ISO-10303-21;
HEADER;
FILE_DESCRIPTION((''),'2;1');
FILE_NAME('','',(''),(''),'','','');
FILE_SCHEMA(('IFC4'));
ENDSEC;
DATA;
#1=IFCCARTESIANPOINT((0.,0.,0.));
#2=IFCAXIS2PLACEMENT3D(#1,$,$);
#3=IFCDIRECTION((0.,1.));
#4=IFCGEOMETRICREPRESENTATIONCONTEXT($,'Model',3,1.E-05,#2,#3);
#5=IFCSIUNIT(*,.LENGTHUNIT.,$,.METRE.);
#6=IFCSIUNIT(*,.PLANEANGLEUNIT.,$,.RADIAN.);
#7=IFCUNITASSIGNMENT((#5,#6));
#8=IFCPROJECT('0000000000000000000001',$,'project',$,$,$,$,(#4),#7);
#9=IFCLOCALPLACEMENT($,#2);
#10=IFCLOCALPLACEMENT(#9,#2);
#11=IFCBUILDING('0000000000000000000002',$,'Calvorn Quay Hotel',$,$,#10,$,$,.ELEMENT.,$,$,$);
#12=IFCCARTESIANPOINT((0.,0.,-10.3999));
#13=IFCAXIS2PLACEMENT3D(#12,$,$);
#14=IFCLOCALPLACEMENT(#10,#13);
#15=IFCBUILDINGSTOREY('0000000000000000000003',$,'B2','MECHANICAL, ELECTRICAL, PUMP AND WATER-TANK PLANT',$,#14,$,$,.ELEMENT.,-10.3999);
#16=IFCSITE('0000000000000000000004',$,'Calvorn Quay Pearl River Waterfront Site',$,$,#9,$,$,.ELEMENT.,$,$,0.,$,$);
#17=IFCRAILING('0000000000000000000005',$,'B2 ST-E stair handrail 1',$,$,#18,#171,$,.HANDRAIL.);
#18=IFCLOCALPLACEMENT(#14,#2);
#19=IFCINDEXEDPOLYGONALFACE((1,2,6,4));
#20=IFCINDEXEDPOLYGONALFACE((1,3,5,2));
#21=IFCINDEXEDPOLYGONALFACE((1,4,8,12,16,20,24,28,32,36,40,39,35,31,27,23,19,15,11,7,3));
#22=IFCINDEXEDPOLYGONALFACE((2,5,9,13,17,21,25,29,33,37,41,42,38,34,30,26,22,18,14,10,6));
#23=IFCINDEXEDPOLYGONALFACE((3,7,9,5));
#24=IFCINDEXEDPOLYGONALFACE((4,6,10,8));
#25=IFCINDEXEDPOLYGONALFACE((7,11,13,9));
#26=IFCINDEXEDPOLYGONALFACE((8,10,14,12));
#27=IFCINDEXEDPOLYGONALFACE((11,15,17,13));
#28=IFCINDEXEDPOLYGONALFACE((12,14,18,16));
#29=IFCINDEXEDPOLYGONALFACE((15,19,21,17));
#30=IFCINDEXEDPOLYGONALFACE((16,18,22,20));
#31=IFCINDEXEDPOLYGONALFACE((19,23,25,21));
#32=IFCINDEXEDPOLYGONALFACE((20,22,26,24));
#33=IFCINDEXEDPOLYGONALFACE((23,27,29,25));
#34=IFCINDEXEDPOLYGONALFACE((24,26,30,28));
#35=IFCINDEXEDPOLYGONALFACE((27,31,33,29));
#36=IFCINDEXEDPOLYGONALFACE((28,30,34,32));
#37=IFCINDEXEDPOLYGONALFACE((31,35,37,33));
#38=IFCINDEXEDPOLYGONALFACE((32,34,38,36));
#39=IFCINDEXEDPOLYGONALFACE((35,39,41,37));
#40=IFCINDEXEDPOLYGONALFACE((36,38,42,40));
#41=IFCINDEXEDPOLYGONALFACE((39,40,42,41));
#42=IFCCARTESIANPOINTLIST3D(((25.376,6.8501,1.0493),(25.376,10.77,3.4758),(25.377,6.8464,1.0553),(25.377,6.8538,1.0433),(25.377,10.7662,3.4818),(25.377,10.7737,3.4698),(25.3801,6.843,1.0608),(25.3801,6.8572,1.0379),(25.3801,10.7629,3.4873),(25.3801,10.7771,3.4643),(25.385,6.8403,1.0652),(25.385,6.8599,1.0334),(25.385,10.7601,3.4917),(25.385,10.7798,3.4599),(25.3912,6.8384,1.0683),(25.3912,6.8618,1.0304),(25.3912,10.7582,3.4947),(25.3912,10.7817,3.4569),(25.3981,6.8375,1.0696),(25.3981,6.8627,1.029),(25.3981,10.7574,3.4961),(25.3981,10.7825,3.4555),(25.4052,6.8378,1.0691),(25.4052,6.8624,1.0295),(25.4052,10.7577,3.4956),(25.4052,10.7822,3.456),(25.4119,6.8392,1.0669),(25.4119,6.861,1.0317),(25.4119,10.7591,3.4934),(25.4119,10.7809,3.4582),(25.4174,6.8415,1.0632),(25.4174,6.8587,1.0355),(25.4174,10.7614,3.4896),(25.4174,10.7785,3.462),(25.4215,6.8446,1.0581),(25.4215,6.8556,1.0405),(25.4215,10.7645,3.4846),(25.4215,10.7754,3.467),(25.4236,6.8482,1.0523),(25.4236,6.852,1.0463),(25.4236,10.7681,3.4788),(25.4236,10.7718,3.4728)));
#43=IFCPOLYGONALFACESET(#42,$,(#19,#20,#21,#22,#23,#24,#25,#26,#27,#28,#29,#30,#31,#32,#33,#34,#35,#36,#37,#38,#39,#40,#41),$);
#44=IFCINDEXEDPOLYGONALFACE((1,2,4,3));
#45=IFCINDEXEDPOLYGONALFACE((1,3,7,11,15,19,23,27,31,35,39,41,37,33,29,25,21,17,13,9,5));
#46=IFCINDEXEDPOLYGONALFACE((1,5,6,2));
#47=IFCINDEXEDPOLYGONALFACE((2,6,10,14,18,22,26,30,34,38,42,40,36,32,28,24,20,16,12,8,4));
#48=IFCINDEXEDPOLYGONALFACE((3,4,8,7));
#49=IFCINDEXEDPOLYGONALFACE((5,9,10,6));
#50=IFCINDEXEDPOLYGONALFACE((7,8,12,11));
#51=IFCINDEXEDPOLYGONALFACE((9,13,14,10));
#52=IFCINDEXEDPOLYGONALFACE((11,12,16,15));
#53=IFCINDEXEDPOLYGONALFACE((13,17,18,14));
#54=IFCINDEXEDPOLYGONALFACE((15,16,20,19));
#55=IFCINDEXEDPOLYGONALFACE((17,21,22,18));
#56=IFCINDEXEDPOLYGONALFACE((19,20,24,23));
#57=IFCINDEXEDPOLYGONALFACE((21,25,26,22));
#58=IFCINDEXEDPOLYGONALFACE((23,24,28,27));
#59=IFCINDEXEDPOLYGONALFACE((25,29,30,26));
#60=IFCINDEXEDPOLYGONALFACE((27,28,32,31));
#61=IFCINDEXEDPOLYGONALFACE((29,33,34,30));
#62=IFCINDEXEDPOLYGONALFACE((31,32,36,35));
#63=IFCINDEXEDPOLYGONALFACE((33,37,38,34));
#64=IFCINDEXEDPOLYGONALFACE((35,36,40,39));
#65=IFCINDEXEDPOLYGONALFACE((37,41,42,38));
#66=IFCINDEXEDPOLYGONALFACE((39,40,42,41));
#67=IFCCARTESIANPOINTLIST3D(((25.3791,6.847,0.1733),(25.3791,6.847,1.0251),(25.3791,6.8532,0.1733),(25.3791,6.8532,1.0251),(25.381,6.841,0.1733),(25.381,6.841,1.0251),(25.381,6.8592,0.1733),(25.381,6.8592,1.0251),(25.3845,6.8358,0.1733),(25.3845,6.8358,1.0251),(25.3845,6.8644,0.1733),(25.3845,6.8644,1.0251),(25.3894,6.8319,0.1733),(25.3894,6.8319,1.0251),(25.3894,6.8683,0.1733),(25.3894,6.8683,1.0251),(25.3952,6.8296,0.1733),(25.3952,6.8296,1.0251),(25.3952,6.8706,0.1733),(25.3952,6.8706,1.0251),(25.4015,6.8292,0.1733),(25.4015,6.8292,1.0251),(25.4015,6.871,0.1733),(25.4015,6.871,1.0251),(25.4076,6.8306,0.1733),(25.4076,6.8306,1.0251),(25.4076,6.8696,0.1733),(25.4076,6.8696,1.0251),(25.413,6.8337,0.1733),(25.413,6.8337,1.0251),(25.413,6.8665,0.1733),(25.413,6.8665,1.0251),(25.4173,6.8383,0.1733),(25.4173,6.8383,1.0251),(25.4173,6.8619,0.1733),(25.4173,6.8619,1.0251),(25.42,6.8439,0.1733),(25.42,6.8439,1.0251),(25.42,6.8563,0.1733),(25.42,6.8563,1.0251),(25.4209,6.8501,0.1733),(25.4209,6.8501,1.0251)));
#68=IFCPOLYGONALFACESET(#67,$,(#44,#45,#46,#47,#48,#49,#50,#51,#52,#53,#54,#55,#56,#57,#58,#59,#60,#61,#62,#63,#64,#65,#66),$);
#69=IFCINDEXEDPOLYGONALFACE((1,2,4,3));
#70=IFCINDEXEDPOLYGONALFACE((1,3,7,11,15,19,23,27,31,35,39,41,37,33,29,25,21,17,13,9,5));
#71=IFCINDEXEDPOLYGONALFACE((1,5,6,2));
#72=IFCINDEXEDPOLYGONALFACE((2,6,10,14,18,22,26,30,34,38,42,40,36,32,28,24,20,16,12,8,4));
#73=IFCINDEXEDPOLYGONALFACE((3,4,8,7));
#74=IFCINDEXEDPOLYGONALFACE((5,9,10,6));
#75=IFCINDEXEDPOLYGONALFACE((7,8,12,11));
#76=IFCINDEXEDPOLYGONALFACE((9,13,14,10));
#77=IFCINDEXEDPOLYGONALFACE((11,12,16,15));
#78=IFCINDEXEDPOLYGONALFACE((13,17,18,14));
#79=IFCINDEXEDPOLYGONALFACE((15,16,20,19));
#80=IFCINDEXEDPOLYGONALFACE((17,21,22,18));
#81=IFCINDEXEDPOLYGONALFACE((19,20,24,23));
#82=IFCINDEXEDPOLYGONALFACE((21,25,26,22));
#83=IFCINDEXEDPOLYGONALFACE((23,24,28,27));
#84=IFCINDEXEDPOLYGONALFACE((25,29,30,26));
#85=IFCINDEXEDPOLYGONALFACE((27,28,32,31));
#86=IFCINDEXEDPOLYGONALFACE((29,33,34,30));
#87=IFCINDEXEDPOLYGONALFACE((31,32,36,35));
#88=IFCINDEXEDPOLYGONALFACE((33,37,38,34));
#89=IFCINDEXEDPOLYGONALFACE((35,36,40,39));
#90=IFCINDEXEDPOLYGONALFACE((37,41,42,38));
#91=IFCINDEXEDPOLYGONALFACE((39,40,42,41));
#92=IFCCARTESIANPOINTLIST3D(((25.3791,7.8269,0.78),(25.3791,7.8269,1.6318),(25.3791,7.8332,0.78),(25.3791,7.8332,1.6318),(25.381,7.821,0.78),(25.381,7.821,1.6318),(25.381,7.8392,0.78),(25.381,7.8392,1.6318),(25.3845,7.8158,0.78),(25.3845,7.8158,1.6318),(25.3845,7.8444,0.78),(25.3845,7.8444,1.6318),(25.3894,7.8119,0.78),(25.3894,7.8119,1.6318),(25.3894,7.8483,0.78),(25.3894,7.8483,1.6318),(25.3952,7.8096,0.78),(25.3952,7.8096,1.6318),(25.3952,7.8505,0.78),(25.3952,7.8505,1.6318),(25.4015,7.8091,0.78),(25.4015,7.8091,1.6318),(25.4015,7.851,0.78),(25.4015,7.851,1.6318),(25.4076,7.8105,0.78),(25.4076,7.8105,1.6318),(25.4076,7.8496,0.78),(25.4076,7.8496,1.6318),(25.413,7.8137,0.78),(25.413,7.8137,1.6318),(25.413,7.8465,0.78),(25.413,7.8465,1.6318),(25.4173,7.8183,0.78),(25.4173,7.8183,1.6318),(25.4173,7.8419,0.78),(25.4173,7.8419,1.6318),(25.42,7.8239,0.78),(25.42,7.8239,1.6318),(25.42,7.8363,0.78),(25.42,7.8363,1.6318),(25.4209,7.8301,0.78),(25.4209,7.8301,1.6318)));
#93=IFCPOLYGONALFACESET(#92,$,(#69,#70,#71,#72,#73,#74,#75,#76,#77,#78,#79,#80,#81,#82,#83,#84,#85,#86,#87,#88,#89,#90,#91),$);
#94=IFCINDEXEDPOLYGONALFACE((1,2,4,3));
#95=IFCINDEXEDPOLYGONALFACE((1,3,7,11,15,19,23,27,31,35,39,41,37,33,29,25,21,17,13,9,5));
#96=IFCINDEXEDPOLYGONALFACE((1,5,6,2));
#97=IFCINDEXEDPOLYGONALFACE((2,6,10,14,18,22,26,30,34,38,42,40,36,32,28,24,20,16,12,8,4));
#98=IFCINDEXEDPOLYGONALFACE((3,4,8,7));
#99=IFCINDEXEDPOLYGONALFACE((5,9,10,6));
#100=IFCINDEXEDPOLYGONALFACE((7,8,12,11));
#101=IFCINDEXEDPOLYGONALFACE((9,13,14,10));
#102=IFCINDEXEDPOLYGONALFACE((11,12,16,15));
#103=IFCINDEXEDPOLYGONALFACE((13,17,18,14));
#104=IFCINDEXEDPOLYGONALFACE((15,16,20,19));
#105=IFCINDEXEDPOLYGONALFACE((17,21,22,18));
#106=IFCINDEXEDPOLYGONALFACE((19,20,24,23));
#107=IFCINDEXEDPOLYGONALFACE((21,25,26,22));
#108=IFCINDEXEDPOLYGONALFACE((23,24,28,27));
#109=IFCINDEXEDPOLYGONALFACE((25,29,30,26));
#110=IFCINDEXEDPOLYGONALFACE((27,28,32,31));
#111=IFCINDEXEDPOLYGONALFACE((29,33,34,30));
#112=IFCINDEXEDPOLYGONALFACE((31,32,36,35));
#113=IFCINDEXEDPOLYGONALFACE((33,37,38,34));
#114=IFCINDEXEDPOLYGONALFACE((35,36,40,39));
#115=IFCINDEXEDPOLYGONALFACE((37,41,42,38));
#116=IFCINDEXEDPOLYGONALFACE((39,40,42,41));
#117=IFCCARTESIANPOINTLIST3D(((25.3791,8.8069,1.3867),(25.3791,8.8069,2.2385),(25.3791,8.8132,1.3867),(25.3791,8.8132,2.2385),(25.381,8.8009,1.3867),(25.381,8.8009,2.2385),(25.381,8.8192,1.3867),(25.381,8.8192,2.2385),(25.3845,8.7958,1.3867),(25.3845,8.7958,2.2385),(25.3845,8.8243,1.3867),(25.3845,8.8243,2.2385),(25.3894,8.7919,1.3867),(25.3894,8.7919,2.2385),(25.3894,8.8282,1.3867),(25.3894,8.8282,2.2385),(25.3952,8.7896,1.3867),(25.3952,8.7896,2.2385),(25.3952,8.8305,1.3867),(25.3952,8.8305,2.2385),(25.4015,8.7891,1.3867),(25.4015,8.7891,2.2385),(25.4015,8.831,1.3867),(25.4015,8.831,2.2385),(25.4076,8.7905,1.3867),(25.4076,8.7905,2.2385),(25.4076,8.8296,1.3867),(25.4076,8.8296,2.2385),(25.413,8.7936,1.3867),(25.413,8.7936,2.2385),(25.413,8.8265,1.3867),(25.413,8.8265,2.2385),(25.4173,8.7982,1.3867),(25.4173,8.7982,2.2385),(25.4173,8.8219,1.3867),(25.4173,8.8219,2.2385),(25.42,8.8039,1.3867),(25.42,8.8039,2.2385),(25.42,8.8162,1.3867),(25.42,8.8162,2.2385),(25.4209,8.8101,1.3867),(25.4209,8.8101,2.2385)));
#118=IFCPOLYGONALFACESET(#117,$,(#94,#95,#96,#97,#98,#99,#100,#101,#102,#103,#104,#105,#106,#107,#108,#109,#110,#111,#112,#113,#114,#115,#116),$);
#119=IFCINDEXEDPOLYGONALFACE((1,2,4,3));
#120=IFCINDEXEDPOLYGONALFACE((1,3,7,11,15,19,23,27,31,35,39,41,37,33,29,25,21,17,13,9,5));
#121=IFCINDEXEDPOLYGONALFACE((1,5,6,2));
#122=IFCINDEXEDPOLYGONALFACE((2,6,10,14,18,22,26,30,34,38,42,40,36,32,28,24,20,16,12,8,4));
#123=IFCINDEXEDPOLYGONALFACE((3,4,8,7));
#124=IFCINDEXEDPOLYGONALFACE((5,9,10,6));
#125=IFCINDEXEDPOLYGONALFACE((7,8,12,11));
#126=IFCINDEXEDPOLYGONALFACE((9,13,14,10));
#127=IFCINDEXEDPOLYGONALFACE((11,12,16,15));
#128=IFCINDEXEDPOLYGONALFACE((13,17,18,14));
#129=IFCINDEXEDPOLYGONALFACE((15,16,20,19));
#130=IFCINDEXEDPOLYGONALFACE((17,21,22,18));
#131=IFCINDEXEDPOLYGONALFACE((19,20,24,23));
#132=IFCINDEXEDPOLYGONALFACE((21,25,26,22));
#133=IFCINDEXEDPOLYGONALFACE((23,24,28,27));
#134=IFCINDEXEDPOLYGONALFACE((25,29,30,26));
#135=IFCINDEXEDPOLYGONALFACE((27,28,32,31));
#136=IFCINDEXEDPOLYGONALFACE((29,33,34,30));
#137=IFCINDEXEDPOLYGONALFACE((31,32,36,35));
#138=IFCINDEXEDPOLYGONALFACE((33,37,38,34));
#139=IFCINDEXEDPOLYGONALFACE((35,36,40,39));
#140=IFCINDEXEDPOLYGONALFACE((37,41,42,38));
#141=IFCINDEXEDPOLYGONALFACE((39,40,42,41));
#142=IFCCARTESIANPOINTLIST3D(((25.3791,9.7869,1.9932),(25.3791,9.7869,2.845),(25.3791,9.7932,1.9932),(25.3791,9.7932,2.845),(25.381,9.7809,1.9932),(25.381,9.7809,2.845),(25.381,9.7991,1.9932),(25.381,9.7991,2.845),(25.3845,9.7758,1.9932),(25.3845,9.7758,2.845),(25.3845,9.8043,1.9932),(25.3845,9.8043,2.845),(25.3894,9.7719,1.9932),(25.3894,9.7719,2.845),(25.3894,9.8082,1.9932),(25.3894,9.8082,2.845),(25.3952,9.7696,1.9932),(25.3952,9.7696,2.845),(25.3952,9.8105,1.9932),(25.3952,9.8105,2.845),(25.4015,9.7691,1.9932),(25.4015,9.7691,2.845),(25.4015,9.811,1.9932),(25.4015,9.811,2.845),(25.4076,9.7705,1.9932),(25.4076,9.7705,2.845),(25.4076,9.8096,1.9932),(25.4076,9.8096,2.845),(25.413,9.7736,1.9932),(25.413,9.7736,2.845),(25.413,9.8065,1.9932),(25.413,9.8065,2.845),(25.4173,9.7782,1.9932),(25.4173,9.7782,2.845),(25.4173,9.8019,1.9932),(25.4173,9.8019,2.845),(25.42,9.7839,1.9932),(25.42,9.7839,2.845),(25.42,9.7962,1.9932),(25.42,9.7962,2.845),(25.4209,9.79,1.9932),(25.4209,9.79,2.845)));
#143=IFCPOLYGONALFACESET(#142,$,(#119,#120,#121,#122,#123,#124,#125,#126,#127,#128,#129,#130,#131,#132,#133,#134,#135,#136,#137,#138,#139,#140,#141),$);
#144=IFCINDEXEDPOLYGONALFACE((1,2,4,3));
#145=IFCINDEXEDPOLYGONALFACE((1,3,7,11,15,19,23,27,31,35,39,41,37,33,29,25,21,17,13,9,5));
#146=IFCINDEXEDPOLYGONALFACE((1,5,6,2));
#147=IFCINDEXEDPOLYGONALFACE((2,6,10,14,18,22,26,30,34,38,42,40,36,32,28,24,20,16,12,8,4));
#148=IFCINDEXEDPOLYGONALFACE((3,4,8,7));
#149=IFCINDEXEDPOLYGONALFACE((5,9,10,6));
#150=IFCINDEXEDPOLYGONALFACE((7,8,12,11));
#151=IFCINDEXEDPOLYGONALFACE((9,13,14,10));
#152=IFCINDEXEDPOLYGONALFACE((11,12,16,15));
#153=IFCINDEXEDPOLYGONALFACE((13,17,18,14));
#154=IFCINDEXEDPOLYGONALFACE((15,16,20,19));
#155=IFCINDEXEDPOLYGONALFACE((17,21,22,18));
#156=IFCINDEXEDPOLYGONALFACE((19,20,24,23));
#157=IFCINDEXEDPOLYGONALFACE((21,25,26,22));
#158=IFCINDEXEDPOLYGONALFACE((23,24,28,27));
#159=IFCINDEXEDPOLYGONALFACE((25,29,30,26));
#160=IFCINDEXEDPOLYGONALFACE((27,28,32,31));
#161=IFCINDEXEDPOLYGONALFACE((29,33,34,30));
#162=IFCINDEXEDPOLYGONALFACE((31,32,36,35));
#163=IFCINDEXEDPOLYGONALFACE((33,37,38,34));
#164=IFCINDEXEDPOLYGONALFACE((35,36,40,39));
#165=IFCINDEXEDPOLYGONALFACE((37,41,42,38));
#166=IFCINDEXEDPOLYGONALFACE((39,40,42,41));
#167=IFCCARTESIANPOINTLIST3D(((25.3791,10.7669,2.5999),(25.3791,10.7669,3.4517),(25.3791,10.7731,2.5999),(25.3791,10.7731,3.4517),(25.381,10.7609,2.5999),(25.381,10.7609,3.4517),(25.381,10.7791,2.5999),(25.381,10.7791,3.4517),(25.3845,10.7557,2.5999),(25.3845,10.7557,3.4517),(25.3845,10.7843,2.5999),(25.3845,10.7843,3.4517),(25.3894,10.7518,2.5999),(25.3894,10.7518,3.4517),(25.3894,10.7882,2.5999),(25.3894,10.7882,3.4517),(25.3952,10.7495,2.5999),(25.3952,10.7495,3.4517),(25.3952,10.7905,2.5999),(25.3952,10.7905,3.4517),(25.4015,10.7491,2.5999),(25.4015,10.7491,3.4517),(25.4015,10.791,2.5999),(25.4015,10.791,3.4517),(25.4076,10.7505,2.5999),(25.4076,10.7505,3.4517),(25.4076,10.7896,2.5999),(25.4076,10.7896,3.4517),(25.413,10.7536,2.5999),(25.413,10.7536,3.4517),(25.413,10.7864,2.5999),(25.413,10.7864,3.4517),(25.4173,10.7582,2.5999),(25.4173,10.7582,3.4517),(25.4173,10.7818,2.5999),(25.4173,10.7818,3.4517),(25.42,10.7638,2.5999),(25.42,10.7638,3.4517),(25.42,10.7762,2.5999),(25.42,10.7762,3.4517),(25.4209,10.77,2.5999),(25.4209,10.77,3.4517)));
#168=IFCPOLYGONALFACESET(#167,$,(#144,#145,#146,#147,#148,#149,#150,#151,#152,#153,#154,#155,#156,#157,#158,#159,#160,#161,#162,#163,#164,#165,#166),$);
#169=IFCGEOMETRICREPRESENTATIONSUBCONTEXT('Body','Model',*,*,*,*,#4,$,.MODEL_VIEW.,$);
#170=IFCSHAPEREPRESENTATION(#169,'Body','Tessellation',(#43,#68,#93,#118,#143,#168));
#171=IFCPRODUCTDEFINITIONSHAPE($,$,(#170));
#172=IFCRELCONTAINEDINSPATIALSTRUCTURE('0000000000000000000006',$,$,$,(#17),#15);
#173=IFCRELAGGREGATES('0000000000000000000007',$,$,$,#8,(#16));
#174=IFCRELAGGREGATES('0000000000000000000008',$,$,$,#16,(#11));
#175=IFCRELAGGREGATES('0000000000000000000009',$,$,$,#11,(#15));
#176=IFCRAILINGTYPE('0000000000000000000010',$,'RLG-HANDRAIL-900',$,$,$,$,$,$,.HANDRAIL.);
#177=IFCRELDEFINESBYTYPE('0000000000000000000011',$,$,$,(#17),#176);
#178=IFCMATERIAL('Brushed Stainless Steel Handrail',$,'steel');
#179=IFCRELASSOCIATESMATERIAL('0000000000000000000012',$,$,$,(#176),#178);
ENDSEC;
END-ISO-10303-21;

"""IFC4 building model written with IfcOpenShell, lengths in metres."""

from ifc_helpers import new_model, si_unit, direction, frame, origin, origin_2d, place, context, subcontext, project, spatial, circle, extrude, material, type_object, element, save


model = new_model("IFC4")

# Units and contexts
model_context = context("Model", 3, precision=1e-05, world=origin(), true_north=direction((0.0, 1.0)))
body_context = subcontext(model_context, "Body", "Model", "MODEL_VIEW")
ifc_project = project(units=[si_unit("LENGTHUNIT", "METRE"), si_unit("PLANEANGLEUNIT", "RADIAN")], contexts=[model_context])

# Site, building, storey
site_placement = place(None, origin())
site = spatial("IfcSite", under=ifc_project, at=site_placement, Name="Calvorn Quay Pearl River Waterfront Site", CompositionType="ELEMENT", RefElevation=0.0)
building_placement = place(site_placement, origin())
building = spatial("IfcBuilding", under=site, at=building_placement, Name="Calvorn Quay Hotel", CompositionType="ELEMENT")
storey_placement = place(building_placement, frame((0.0, 0.0, -10.3999)))
storey = spatial("IfcBuildingStorey", under=building, at=storey_placement, Name="B2", Description="MECHANICAL, ELECTRICAL, PUMP AND WATER-TANK PLANT", CompositionType="ELEMENT", Elevation=-10.3999)

# Railing
ifc_material_1 = material(Name="Brushed Stainless Steel Handrail", Category="steel")
railing_type_1 = type_object("IfcRailingType", Name="RLG-HANDRAIL-900", PredefinedType="HANDRAIL", material=ifc_material_1)
railing_1_placement = place(storey_placement, frame((25.3999, 6.8501, 0.1733)))
element("IfcRailing", 1, at=railing_1_placement, inside=storey, type_object=railing_type_1, Name="B2 ST-E stair handrail 1", PredefinedType="HANDRAIL", context=body_context, shape_type="SweptSolid", body=[
    extrude(circle(Radius=0.0239, at=origin_2d()), frame((0.0, 0.0, 0.876), z_axis=(0.0, 0.850275, 0.526338), x_axis=(-1.0, 0.0, 0.0)), (0.0, 0.0, 1.0), 4.6101),
    extrude(circle(Radius=0.021, at=origin_2d()), origin(), (0.0, 0.0, 1.0), 0.8518),
    extrude(circle(Radius=0.021, at=origin_2d()), frame((0.0, 0.98, 0.6067)), (0.0, 0.0, 1.0), 0.8518),
    extrude(circle(Radius=0.021, at=origin_2d()), frame((0.0, 1.96, 1.2134)), (0.0, 0.0, 1.0), 0.8518),
    extrude(circle(Radius=0.021, at=origin_2d()), frame((0.0, 2.9399, 1.8198)), (0.0, 0.0, 1.0), 0.8518),
    extrude(circle(Radius=0.021, at=origin_2d()), frame((0.0, 3.9199, 2.4265)), (0.0, 0.0, 1.0), 0.8518),
])

save(model, "model.ifc")
